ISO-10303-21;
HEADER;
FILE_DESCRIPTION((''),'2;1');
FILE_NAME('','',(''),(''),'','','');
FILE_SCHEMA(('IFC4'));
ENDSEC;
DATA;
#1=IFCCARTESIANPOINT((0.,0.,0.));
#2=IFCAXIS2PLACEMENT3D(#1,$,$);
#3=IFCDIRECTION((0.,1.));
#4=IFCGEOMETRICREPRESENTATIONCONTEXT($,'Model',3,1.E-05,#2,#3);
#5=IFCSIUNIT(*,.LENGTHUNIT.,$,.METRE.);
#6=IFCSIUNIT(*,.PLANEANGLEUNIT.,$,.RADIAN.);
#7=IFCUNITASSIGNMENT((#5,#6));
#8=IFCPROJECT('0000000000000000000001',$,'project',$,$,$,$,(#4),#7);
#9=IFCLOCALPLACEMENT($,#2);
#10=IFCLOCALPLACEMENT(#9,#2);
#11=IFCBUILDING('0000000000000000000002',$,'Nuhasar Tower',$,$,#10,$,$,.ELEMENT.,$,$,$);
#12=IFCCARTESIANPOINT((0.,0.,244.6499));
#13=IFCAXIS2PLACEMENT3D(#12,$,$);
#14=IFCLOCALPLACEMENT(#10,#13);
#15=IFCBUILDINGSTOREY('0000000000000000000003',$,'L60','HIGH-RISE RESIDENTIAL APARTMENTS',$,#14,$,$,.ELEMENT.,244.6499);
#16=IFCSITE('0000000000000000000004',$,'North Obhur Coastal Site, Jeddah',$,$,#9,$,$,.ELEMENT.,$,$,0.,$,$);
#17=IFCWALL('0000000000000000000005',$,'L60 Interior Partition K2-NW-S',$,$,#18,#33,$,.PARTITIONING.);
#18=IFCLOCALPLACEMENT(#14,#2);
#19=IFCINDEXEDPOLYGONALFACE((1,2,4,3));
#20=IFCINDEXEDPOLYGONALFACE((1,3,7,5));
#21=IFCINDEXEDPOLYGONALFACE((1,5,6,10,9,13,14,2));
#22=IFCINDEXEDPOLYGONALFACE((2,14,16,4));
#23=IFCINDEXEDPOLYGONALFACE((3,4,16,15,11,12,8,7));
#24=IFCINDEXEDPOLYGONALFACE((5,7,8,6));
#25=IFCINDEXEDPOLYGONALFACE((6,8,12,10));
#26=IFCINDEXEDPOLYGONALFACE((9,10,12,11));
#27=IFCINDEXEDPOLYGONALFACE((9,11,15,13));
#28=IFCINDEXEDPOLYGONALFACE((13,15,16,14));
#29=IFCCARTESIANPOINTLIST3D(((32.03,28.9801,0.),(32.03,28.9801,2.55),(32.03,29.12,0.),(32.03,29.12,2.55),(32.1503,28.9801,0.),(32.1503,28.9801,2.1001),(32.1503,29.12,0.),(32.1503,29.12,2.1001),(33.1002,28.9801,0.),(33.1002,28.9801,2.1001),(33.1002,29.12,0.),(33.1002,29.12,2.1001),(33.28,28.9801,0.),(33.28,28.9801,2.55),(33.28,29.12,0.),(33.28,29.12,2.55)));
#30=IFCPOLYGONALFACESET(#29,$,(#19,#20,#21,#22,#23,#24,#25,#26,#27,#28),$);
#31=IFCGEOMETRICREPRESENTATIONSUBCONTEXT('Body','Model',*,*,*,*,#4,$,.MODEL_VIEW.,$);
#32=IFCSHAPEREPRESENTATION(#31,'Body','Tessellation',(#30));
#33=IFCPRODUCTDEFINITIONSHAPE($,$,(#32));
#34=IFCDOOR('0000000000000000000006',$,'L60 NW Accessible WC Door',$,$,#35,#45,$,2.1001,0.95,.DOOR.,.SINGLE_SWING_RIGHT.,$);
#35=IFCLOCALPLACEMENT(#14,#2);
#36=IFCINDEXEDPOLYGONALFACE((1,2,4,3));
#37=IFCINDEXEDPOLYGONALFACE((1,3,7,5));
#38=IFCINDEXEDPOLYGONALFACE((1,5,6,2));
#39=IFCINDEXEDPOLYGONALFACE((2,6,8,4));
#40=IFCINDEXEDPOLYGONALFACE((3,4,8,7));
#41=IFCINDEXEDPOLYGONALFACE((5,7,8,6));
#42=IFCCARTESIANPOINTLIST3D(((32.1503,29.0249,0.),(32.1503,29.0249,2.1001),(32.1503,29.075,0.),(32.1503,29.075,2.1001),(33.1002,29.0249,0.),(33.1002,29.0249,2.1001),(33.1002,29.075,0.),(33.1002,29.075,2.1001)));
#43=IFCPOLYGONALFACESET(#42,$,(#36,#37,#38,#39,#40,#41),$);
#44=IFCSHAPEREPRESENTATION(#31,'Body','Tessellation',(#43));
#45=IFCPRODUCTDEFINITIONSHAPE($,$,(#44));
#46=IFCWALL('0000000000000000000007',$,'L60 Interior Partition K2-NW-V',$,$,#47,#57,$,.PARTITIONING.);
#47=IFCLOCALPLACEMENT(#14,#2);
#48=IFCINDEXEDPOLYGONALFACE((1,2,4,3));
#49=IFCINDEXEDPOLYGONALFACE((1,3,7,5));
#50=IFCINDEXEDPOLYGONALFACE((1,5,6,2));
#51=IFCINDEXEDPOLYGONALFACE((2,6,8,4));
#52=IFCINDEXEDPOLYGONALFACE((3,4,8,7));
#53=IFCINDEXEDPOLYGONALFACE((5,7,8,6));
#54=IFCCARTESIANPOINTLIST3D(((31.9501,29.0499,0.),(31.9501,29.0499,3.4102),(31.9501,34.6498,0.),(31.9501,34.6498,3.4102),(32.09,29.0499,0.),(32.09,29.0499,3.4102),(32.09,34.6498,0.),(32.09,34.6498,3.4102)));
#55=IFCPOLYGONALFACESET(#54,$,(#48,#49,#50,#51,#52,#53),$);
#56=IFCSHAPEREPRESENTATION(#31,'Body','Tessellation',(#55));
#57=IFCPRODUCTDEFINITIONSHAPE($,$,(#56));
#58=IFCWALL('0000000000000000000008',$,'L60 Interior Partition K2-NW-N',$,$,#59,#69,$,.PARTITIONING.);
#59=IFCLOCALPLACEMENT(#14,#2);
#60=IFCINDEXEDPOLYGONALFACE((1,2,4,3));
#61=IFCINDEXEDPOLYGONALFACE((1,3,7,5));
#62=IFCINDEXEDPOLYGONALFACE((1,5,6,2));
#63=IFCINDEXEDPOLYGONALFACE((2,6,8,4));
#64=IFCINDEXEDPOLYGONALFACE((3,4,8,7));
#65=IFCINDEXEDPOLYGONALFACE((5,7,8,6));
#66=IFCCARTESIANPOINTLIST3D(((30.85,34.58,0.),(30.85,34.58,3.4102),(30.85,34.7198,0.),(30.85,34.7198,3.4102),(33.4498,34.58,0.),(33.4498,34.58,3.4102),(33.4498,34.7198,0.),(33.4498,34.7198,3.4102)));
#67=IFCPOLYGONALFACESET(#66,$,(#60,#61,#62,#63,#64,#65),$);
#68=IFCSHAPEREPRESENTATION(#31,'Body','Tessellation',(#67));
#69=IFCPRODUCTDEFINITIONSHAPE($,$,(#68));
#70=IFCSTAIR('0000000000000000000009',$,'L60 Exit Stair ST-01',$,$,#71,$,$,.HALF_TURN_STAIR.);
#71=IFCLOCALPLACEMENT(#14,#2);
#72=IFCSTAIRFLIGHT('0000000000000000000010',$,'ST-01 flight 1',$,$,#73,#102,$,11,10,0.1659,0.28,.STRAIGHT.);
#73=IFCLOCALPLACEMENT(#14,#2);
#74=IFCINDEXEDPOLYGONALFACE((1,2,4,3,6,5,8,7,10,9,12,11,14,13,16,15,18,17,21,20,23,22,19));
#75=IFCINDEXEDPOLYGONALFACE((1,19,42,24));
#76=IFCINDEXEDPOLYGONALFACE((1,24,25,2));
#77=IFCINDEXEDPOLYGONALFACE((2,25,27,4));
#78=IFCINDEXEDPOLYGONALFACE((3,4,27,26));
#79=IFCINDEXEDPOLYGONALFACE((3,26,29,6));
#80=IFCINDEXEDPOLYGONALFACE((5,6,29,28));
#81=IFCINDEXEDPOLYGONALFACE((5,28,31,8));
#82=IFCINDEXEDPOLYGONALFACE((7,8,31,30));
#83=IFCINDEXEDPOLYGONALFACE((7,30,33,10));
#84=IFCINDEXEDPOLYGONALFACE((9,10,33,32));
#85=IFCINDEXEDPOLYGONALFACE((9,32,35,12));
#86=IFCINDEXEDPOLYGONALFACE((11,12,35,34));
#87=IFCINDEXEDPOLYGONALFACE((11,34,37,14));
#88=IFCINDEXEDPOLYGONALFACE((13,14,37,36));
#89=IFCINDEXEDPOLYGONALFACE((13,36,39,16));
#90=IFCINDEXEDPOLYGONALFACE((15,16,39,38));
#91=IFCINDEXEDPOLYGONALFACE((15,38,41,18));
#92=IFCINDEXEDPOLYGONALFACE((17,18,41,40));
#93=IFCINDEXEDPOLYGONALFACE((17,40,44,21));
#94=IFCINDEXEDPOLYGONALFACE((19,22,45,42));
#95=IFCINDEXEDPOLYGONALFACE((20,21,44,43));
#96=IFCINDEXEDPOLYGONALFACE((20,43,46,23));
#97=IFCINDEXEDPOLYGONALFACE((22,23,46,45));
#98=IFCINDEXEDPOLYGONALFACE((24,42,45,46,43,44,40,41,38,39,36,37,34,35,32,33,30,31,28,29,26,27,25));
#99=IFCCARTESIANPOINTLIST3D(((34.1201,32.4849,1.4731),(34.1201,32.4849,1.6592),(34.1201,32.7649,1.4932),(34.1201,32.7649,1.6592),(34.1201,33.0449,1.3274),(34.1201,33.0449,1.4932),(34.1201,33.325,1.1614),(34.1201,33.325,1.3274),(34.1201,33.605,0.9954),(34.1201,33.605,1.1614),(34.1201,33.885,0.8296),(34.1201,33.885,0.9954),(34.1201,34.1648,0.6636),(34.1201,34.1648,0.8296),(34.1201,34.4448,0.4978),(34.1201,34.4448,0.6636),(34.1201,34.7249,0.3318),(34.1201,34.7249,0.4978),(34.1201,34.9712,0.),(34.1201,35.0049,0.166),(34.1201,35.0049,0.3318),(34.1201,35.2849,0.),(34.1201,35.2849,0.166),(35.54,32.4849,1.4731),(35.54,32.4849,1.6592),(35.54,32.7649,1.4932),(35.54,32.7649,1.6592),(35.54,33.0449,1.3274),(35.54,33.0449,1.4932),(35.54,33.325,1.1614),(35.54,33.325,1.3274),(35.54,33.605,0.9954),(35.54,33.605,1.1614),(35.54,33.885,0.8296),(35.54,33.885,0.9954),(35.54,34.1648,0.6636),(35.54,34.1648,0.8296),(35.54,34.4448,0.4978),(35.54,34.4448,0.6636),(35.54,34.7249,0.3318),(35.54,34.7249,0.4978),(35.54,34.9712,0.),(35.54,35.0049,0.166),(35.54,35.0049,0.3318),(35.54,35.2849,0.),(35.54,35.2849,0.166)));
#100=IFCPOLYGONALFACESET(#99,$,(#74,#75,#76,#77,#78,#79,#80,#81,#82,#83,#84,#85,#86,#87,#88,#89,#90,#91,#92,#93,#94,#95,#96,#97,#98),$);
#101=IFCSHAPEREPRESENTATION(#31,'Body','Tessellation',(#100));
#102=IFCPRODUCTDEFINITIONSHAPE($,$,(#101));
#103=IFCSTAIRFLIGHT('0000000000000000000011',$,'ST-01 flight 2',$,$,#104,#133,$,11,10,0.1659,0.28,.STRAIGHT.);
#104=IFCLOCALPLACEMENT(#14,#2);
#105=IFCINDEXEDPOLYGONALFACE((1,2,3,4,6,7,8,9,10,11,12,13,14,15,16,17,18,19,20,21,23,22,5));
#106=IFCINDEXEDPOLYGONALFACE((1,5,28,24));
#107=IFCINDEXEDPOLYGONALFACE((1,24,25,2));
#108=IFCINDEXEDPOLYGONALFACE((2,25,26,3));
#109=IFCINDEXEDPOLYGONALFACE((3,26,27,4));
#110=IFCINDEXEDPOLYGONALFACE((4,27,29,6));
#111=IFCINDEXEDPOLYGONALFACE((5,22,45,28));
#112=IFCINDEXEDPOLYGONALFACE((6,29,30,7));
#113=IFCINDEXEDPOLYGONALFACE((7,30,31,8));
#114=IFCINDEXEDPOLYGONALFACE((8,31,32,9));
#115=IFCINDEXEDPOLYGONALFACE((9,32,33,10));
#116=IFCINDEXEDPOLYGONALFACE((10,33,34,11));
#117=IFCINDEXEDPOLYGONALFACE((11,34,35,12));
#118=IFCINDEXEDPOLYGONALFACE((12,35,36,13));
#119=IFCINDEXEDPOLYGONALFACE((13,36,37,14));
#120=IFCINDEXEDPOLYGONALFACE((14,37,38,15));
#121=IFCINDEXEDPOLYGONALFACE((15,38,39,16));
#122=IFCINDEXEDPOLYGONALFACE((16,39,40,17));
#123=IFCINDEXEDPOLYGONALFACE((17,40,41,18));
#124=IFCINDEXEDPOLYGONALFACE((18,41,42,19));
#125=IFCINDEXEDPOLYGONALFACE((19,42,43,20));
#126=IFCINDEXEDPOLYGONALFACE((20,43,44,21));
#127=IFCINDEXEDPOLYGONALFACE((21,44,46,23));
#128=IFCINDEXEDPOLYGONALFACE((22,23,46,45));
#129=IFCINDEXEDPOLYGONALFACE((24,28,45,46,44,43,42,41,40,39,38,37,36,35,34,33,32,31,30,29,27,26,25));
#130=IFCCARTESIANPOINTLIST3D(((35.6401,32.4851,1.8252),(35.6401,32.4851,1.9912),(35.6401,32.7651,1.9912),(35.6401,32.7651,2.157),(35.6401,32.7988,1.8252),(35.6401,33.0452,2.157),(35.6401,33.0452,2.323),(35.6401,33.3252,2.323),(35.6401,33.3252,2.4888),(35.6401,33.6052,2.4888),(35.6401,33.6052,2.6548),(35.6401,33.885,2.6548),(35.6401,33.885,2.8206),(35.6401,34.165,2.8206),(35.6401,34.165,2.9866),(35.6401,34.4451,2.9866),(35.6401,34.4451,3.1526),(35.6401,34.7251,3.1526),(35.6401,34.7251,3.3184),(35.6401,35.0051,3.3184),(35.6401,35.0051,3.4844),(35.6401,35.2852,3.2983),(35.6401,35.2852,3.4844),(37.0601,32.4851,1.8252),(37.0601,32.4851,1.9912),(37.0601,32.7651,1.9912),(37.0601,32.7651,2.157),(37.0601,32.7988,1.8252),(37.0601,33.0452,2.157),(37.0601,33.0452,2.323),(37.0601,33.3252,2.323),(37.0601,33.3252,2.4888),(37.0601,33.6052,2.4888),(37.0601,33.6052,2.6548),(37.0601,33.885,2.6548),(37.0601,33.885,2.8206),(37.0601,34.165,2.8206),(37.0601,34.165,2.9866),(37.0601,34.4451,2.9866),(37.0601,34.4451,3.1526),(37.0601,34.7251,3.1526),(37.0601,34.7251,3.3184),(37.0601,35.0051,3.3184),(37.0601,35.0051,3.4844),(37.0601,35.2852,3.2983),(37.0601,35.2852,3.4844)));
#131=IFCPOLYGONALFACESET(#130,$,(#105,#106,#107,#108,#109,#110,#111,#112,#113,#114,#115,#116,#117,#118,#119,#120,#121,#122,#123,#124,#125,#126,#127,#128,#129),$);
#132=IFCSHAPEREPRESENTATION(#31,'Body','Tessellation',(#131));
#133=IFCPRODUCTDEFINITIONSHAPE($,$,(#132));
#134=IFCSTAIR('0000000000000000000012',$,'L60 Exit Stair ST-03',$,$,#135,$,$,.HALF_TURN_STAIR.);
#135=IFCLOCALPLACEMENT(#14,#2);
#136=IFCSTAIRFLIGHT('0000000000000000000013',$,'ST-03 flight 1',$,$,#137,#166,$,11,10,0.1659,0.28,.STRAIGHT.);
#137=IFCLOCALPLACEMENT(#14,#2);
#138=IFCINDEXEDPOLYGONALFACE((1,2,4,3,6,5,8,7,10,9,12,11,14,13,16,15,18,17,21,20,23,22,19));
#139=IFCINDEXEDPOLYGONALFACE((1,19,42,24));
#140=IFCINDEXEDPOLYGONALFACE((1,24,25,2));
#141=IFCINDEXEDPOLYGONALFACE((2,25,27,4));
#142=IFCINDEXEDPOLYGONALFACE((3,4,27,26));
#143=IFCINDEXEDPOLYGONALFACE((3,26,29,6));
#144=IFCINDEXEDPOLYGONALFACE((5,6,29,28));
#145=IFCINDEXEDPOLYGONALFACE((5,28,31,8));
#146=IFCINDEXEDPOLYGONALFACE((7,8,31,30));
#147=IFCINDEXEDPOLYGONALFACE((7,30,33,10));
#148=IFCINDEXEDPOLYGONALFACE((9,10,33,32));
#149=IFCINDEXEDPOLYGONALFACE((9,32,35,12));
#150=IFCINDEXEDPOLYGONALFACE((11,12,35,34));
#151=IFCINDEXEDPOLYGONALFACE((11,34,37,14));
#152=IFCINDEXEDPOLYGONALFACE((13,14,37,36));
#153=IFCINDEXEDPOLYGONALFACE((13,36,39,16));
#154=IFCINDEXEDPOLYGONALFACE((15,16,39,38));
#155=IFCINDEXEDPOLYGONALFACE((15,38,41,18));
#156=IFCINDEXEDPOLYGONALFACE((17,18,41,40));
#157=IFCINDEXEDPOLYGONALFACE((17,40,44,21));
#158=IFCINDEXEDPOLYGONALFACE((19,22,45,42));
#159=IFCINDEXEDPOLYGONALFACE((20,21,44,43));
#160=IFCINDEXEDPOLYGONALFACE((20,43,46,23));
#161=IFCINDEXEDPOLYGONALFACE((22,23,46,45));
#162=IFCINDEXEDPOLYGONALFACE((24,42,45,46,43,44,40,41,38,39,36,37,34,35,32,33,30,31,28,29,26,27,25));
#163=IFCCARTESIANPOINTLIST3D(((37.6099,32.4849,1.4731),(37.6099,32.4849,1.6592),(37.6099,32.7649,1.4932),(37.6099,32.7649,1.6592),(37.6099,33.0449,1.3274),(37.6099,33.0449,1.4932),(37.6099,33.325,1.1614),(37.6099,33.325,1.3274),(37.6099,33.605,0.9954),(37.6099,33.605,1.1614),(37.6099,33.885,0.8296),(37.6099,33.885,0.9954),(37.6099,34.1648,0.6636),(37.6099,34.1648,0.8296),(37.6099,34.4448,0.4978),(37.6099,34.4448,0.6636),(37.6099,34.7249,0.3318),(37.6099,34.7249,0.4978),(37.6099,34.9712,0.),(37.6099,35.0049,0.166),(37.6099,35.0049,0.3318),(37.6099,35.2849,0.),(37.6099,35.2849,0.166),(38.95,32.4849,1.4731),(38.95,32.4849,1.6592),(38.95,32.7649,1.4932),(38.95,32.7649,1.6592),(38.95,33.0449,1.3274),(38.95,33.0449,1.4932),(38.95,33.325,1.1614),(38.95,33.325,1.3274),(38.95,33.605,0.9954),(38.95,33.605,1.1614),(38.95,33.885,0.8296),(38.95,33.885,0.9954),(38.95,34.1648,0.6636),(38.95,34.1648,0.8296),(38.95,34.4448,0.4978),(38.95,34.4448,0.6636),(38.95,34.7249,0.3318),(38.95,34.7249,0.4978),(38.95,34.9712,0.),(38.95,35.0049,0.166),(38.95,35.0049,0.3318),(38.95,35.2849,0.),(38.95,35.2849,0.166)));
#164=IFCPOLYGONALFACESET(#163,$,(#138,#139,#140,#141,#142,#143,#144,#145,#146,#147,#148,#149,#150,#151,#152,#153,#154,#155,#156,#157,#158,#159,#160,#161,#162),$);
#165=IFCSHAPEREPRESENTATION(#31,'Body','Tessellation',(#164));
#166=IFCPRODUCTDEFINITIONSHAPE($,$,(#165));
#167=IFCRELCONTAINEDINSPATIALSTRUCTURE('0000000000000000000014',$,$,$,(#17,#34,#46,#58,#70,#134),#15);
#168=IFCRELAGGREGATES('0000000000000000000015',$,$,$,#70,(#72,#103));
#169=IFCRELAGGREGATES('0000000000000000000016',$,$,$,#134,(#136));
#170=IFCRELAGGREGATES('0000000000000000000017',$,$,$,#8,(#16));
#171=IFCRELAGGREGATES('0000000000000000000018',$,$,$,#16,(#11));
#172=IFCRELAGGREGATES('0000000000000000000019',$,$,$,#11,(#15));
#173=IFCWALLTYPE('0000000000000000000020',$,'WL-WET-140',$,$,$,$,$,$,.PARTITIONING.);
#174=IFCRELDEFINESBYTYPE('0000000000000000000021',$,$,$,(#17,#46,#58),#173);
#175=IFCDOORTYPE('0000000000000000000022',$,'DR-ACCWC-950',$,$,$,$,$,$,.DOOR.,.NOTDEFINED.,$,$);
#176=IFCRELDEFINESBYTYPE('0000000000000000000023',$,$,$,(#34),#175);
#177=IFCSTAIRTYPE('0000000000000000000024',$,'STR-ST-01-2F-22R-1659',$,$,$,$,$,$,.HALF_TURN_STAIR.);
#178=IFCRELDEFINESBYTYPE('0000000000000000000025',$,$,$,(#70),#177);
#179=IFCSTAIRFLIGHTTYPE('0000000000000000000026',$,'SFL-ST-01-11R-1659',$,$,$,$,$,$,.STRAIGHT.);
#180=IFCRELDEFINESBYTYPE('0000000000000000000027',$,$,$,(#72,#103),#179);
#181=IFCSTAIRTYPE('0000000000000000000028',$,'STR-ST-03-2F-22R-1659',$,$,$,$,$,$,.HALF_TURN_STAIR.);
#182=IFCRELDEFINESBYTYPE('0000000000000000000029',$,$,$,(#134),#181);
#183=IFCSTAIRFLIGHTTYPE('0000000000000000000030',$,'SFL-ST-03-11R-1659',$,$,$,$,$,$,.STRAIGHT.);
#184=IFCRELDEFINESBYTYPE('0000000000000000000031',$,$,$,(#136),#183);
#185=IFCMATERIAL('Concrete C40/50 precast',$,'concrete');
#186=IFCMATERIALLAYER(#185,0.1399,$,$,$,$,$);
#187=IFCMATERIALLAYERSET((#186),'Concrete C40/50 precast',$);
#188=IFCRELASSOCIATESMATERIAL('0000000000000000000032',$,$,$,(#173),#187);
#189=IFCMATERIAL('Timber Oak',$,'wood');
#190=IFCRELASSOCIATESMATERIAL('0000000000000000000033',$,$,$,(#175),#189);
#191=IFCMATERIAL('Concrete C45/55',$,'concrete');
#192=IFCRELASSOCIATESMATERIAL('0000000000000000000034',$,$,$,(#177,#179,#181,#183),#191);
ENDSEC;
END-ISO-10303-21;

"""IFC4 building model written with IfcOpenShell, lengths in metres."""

from ifc_helpers import new_model, si_unit, direction, frame, frame_2d, origin, place, context, subcontext, project, spatial, polyline, rectangle, outline, extrude, material, layer, layer_set, type_object, element, fill, aggregate, save


model = new_model("IFC4")

# Units and contexts
model_context = context("Model", 3, precision=1e-05, world=origin(), true_north=direction((0.0, 1.0)))
body_context = subcontext(model_context, "Body", "Model", "MODEL_VIEW")
ifc_project = project(units=[si_unit("LENGTHUNIT", "METRE"), si_unit("PLANEANGLEUNIT", "RADIAN")], contexts=[model_context])

# Site, building, storey
site_placement = place(None, origin())
site = spatial("IfcSite", under=ifc_project, at=site_placement, Name="North Obhur Coastal Site, Jeddah", CompositionType="ELEMENT", RefElevation=0.0)
building_placement = place(site_placement, origin())
building = spatial("IfcBuilding", under=site, at=building_placement, Name="Nuhasar Tower", CompositionType="ELEMENT")
storey_placement = place(building_placement, frame((0.0, 0.0, 244.6499)))
storey = spatial("IfcBuildingStorey", under=building, at=storey_placement, Name="L60", Description="HIGH-RISE RESIDENTIAL APARTMENTS", CompositionType="ELEMENT", Elevation=244.6499)

# Shared definitions
ifc_material_1 = material(Name="Concrete C40/50 precast", Category="concrete")
ifc_layer_1 = layer(ifc_material_1, 0.1399)
ifc_layer_set_1 = layer_set([ifc_layer_1], Name="Concrete C40/50 precast")
wall_type_1 = type_object("IfcWallType", Name="WL-WET-140", PredefinedType="PARTITIONING", material=ifc_layer_set_1)

# Wall, opening, door
wall_1_placement = place(storey_placement, frame((32.03, 29.05, 0.0), z_axis=(0.0, 0.0, 1.0), x_axis=(1.0, 0.0, 0.0)))
wall_1 = element("IfcWall", 1, at=wall_1_placement, inside=storey, type_object=wall_type_1, Name="L60 Interior Partition K2-NW-S", PredefinedType="PARTITIONING", context=body_context, shape_type="SweptSolid", body=[
    extrude(rectangle(XDim=1.25, YDim=0.1399, at=frame_2d((0.625, 0.0))), origin(), (0.0, 0.0, 1.0), 2.55),
])
opening_placement = place(wall_1_placement, frame((0.1201, 0.0, 0.0)))
opening = element("IfcOpeningElement", 2, at=opening_placement, cuts=wall_1, PredefinedType="OPENING", context=body_context, shape_type="SweptSolid", body=[
    extrude(rectangle(XDim=0.95, YDim=2.1001, at=frame_2d((0.4751, 1.05))), frame((0.0, 0.0801, 0.0), z_axis=(0.0, -1.0, 0.0), x_axis=(1.0, 0.0, 0.0)), (0.0, 0.0, 1.0), 0.1599),
])
ifc_material_2 = material(Name="Timber Oak", Category="wood")
door_type = type_object("IfcDoorType", Name="DR-ACCWC-950", OperationType="NOTDEFINED", PredefinedType="DOOR", material=ifc_material_2)
door_placement = place(opening_placement, origin())
door = element("IfcDoor", 3, at=door_placement, inside=storey, type_object=door_type, Name="L60 NW Accessible WC Door", OperationType="SINGLE_SWING_RIGHT", OverallHeight=2.1001, OverallWidth=0.95, PredefinedType="DOOR", context=body_context, shape_type="SweptSolid", body=[
    extrude(rectangle(XDim=0.95, YDim=2.1001, at=frame_2d((0.4751, 1.05))), frame((0.0, 0.0249, 0.0), z_axis=(0.0, -1.0, 0.0), x_axis=(1.0, 0.0, 0.0)), (0.0, 0.0, 1.0), 0.05),
])
fill(opening, door)

# Walls
wall_2_placement = place(storey_placement, frame((32.02, 29.05, 0.0), z_axis=(0.0, 0.0, 1.0), x_axis=(0.0, 1.0, 0.0)))
element("IfcWall", 4, at=wall_2_placement, inside=storey, type_object=wall_type_1, Name="L60 Interior Partition K2-NW-V", PredefinedType="PARTITIONING", context=body_context, shape_type="SweptSolid", body=[
    extrude(rectangle(XDim=5.5999, YDim=0.1399, at=frame_2d((2.7998, 0.0))), origin(), (0.0, 0.0, 1.0), 3.4102),
])
wall_3_placement = place(storey_placement, frame((30.8501, 34.6499, 0.0), z_axis=(0.0, 0.0, 1.0), x_axis=(1.0, 0.0, 0.0)))
element("IfcWall", 5, at=wall_3_placement, inside=storey, type_object=wall_type_1, Name="L60 Interior Partition K2-NW-N", PredefinedType="PARTITIONING", context=body_context, shape_type="SweptSolid", body=[
    extrude(rectangle(XDim=2.5999, YDim=0.1399, at=frame_2d((1.2998, 0.0))), origin(), (0.0, 0.0, 1.0), 3.4102),
])

# Stair, stair flights
ifc_material_3 = material(Name="Concrete C45/55", Category="concrete")
stair_type_1 = type_object("IfcStairType", Name="STR-ST-01-2F-22R-1659", PredefinedType="HALF_TURN_STAIR", material=ifc_material_3)
stair_1_placement = place(storey_placement, origin())
stair_1 = element("IfcStair", 6, at=stair_1_placement, inside=storey, type_object=stair_type_1, Name="L60 Exit Stair ST-01", PredefinedType="HALF_TURN_STAIR")
stair_flight_type_1 = type_object("IfcStairFlightType", Name="SFL-ST-01-11R-1659", PredefinedType="STRAIGHT", material=ifc_material_3)
stair_flight_1_placement = place(storey_placement, frame((34.8301, 35.2849, 0.0), z_axis=(0.0, 0.0, 1.0), x_axis=(0.0, -1.0, 0.0)))
stair_flight_1 = element("IfcStairFlight", 7, at=stair_flight_1_placement, type_object=stair_flight_type_1, Name="ST-01 flight 1", NumberOfRisers=11, NumberOfTreads=10, PredefinedType="STRAIGHT", RiserHeight=0.1659, TreadLength=0.28, context=body_context, shape_type="SweptSolid", body=[
    extrude(outline(polyline([(0.0, 0.0), (0.0, 0.166), (0.28, 0.166), (0.28, 0.3318), (0.5601, 0.3318), (0.5601, 0.4978), (0.8401, 0.4978), (0.8401, 0.6636), (1.1201, 0.6636), (1.1201, 0.8296), (1.3999, 0.8296), (1.3999, 0.9954), (1.6799, 0.9954), (1.6799, 1.1614), (1.96, 1.1614), (1.96, 1.3274), (2.24, 1.3274), (2.24, 1.4932), (2.52, 1.4932), (2.52, 1.6592), (2.8, 1.6592), (2.8, 1.825), (2.8, 1.4731), (0.3137, 0.0), (0.0, 0.0)])), frame((0.0, 0.71, 0.0), z_axis=(0.0, -1.0, 0.0), x_axis=(1.0, 0.0, 0.0)), (0.0, 0.0, 1.0), 1.4199),
])
stair_flight_2_placement = place(storey_placement, frame((36.3501, 32.4851, 1.8252), z_axis=(0.0, 0.0, 1.0), x_axis=(0.0, 1.0, 0.0)))
stair_flight_2 = element("IfcStairFlight", 8, at=stair_flight_2_placement, type_object=stair_flight_type_1, Name="ST-01 flight 2", NumberOfRisers=11, NumberOfTreads=10, PredefinedType="STRAIGHT", RiserHeight=0.1659, TreadLength=0.28, context=body_context, shape_type="SweptSolid", body=[
    extrude(outline(polyline([(0.0, 0.0), (0.0, 0.166), (0.28, 0.166), (0.28, 0.3318), (0.5601, 0.3318), (0.5601, 0.4978), (0.8401, 0.4978), (0.8401, 0.6636), (1.1201, 0.6636), (1.1201, 0.8296), (1.3999, 0.8296), (1.3999, 0.9954), (1.6799, 0.9954), (1.6799, 1.1614), (1.96, 1.1614), (1.96, 1.3274), (2.24, 1.3274), (2.24, 1.4932), (2.52, 1.4932), (2.52, 1.6592), (2.8, 1.6592), (2.8, 1.825), (2.8, 1.4731), (0.3137, 0.0), (0.0, 0.0)])), frame((0.0, 0.71, 0.0), z_axis=(0.0, -1.0, 0.0), x_axis=(1.0, 0.0, 0.0)), (0.0, 0.0, 1.0), 1.4199),
])
aggregate(stair_1, [stair_flight_1, stair_flight_2])

# Stair, stair flight
stair_type_2 = type_object("IfcStairType", Name="STR-ST-03-2F-22R-1659", PredefinedType="HALF_TURN_STAIR", material=ifc_material_3)
stair_2_placement = place(storey_placement, origin())
stair_2 = element("IfcStair", 9, at=stair_2_placement, inside=storey, type_object=stair_type_2, Name="L60 Exit Stair ST-03", PredefinedType="HALF_TURN_STAIR")
stair_flight_type_2 = type_object("IfcStairFlightType", Name="SFL-ST-03-11R-1659", PredefinedType="STRAIGHT", material=ifc_material_3)
stair_flight_3_placement = place(storey_placement, frame((38.28, 35.2849, 0.0), z_axis=(0.0, 0.0, 1.0), x_axis=(0.0, -1.0, 0.0)))
stair_flight_3 = element("IfcStairFlight", 10, at=stair_flight_3_placement, type_object=stair_flight_type_2, Name="ST-03 flight 1", NumberOfRisers=11, NumberOfTreads=10, PredefinedType="STRAIGHT", RiserHeight=0.1659, TreadLength=0.28, context=body_context, shape_type="SweptSolid", body=[
    extrude(outline(polyline([(0.0, 0.0), (0.0, 0.166), (0.28, 0.166), (0.28, 0.3318), (0.5601, 0.3318), (0.5601, 0.4978), (0.8401, 0.4978), (0.8401, 0.6636), (1.1201, 0.6636), (1.1201, 0.8296), (1.3999, 0.8296), (1.3999, 0.9954), (1.6799, 0.9954), (1.6799, 1.1614), (1.96, 1.1614), (1.96, 1.3274), (2.24, 1.3274), (2.24, 1.4932), (2.52, 1.4932), (2.52, 1.6592), (2.8, 1.6592), (2.8, 1.825), (2.8, 1.4731), (0.3137, 0.0), (0.0, 0.0)])), frame((0.0, 0.6699, 0.0), z_axis=(0.0, -1.0, 0.0), x_axis=(1.0, 0.0, 0.0)), (0.0, 0.0, 1.0), 1.3401),
])
aggregate(stair_2, [stair_flight_3])

save(model, "model.ifc")
